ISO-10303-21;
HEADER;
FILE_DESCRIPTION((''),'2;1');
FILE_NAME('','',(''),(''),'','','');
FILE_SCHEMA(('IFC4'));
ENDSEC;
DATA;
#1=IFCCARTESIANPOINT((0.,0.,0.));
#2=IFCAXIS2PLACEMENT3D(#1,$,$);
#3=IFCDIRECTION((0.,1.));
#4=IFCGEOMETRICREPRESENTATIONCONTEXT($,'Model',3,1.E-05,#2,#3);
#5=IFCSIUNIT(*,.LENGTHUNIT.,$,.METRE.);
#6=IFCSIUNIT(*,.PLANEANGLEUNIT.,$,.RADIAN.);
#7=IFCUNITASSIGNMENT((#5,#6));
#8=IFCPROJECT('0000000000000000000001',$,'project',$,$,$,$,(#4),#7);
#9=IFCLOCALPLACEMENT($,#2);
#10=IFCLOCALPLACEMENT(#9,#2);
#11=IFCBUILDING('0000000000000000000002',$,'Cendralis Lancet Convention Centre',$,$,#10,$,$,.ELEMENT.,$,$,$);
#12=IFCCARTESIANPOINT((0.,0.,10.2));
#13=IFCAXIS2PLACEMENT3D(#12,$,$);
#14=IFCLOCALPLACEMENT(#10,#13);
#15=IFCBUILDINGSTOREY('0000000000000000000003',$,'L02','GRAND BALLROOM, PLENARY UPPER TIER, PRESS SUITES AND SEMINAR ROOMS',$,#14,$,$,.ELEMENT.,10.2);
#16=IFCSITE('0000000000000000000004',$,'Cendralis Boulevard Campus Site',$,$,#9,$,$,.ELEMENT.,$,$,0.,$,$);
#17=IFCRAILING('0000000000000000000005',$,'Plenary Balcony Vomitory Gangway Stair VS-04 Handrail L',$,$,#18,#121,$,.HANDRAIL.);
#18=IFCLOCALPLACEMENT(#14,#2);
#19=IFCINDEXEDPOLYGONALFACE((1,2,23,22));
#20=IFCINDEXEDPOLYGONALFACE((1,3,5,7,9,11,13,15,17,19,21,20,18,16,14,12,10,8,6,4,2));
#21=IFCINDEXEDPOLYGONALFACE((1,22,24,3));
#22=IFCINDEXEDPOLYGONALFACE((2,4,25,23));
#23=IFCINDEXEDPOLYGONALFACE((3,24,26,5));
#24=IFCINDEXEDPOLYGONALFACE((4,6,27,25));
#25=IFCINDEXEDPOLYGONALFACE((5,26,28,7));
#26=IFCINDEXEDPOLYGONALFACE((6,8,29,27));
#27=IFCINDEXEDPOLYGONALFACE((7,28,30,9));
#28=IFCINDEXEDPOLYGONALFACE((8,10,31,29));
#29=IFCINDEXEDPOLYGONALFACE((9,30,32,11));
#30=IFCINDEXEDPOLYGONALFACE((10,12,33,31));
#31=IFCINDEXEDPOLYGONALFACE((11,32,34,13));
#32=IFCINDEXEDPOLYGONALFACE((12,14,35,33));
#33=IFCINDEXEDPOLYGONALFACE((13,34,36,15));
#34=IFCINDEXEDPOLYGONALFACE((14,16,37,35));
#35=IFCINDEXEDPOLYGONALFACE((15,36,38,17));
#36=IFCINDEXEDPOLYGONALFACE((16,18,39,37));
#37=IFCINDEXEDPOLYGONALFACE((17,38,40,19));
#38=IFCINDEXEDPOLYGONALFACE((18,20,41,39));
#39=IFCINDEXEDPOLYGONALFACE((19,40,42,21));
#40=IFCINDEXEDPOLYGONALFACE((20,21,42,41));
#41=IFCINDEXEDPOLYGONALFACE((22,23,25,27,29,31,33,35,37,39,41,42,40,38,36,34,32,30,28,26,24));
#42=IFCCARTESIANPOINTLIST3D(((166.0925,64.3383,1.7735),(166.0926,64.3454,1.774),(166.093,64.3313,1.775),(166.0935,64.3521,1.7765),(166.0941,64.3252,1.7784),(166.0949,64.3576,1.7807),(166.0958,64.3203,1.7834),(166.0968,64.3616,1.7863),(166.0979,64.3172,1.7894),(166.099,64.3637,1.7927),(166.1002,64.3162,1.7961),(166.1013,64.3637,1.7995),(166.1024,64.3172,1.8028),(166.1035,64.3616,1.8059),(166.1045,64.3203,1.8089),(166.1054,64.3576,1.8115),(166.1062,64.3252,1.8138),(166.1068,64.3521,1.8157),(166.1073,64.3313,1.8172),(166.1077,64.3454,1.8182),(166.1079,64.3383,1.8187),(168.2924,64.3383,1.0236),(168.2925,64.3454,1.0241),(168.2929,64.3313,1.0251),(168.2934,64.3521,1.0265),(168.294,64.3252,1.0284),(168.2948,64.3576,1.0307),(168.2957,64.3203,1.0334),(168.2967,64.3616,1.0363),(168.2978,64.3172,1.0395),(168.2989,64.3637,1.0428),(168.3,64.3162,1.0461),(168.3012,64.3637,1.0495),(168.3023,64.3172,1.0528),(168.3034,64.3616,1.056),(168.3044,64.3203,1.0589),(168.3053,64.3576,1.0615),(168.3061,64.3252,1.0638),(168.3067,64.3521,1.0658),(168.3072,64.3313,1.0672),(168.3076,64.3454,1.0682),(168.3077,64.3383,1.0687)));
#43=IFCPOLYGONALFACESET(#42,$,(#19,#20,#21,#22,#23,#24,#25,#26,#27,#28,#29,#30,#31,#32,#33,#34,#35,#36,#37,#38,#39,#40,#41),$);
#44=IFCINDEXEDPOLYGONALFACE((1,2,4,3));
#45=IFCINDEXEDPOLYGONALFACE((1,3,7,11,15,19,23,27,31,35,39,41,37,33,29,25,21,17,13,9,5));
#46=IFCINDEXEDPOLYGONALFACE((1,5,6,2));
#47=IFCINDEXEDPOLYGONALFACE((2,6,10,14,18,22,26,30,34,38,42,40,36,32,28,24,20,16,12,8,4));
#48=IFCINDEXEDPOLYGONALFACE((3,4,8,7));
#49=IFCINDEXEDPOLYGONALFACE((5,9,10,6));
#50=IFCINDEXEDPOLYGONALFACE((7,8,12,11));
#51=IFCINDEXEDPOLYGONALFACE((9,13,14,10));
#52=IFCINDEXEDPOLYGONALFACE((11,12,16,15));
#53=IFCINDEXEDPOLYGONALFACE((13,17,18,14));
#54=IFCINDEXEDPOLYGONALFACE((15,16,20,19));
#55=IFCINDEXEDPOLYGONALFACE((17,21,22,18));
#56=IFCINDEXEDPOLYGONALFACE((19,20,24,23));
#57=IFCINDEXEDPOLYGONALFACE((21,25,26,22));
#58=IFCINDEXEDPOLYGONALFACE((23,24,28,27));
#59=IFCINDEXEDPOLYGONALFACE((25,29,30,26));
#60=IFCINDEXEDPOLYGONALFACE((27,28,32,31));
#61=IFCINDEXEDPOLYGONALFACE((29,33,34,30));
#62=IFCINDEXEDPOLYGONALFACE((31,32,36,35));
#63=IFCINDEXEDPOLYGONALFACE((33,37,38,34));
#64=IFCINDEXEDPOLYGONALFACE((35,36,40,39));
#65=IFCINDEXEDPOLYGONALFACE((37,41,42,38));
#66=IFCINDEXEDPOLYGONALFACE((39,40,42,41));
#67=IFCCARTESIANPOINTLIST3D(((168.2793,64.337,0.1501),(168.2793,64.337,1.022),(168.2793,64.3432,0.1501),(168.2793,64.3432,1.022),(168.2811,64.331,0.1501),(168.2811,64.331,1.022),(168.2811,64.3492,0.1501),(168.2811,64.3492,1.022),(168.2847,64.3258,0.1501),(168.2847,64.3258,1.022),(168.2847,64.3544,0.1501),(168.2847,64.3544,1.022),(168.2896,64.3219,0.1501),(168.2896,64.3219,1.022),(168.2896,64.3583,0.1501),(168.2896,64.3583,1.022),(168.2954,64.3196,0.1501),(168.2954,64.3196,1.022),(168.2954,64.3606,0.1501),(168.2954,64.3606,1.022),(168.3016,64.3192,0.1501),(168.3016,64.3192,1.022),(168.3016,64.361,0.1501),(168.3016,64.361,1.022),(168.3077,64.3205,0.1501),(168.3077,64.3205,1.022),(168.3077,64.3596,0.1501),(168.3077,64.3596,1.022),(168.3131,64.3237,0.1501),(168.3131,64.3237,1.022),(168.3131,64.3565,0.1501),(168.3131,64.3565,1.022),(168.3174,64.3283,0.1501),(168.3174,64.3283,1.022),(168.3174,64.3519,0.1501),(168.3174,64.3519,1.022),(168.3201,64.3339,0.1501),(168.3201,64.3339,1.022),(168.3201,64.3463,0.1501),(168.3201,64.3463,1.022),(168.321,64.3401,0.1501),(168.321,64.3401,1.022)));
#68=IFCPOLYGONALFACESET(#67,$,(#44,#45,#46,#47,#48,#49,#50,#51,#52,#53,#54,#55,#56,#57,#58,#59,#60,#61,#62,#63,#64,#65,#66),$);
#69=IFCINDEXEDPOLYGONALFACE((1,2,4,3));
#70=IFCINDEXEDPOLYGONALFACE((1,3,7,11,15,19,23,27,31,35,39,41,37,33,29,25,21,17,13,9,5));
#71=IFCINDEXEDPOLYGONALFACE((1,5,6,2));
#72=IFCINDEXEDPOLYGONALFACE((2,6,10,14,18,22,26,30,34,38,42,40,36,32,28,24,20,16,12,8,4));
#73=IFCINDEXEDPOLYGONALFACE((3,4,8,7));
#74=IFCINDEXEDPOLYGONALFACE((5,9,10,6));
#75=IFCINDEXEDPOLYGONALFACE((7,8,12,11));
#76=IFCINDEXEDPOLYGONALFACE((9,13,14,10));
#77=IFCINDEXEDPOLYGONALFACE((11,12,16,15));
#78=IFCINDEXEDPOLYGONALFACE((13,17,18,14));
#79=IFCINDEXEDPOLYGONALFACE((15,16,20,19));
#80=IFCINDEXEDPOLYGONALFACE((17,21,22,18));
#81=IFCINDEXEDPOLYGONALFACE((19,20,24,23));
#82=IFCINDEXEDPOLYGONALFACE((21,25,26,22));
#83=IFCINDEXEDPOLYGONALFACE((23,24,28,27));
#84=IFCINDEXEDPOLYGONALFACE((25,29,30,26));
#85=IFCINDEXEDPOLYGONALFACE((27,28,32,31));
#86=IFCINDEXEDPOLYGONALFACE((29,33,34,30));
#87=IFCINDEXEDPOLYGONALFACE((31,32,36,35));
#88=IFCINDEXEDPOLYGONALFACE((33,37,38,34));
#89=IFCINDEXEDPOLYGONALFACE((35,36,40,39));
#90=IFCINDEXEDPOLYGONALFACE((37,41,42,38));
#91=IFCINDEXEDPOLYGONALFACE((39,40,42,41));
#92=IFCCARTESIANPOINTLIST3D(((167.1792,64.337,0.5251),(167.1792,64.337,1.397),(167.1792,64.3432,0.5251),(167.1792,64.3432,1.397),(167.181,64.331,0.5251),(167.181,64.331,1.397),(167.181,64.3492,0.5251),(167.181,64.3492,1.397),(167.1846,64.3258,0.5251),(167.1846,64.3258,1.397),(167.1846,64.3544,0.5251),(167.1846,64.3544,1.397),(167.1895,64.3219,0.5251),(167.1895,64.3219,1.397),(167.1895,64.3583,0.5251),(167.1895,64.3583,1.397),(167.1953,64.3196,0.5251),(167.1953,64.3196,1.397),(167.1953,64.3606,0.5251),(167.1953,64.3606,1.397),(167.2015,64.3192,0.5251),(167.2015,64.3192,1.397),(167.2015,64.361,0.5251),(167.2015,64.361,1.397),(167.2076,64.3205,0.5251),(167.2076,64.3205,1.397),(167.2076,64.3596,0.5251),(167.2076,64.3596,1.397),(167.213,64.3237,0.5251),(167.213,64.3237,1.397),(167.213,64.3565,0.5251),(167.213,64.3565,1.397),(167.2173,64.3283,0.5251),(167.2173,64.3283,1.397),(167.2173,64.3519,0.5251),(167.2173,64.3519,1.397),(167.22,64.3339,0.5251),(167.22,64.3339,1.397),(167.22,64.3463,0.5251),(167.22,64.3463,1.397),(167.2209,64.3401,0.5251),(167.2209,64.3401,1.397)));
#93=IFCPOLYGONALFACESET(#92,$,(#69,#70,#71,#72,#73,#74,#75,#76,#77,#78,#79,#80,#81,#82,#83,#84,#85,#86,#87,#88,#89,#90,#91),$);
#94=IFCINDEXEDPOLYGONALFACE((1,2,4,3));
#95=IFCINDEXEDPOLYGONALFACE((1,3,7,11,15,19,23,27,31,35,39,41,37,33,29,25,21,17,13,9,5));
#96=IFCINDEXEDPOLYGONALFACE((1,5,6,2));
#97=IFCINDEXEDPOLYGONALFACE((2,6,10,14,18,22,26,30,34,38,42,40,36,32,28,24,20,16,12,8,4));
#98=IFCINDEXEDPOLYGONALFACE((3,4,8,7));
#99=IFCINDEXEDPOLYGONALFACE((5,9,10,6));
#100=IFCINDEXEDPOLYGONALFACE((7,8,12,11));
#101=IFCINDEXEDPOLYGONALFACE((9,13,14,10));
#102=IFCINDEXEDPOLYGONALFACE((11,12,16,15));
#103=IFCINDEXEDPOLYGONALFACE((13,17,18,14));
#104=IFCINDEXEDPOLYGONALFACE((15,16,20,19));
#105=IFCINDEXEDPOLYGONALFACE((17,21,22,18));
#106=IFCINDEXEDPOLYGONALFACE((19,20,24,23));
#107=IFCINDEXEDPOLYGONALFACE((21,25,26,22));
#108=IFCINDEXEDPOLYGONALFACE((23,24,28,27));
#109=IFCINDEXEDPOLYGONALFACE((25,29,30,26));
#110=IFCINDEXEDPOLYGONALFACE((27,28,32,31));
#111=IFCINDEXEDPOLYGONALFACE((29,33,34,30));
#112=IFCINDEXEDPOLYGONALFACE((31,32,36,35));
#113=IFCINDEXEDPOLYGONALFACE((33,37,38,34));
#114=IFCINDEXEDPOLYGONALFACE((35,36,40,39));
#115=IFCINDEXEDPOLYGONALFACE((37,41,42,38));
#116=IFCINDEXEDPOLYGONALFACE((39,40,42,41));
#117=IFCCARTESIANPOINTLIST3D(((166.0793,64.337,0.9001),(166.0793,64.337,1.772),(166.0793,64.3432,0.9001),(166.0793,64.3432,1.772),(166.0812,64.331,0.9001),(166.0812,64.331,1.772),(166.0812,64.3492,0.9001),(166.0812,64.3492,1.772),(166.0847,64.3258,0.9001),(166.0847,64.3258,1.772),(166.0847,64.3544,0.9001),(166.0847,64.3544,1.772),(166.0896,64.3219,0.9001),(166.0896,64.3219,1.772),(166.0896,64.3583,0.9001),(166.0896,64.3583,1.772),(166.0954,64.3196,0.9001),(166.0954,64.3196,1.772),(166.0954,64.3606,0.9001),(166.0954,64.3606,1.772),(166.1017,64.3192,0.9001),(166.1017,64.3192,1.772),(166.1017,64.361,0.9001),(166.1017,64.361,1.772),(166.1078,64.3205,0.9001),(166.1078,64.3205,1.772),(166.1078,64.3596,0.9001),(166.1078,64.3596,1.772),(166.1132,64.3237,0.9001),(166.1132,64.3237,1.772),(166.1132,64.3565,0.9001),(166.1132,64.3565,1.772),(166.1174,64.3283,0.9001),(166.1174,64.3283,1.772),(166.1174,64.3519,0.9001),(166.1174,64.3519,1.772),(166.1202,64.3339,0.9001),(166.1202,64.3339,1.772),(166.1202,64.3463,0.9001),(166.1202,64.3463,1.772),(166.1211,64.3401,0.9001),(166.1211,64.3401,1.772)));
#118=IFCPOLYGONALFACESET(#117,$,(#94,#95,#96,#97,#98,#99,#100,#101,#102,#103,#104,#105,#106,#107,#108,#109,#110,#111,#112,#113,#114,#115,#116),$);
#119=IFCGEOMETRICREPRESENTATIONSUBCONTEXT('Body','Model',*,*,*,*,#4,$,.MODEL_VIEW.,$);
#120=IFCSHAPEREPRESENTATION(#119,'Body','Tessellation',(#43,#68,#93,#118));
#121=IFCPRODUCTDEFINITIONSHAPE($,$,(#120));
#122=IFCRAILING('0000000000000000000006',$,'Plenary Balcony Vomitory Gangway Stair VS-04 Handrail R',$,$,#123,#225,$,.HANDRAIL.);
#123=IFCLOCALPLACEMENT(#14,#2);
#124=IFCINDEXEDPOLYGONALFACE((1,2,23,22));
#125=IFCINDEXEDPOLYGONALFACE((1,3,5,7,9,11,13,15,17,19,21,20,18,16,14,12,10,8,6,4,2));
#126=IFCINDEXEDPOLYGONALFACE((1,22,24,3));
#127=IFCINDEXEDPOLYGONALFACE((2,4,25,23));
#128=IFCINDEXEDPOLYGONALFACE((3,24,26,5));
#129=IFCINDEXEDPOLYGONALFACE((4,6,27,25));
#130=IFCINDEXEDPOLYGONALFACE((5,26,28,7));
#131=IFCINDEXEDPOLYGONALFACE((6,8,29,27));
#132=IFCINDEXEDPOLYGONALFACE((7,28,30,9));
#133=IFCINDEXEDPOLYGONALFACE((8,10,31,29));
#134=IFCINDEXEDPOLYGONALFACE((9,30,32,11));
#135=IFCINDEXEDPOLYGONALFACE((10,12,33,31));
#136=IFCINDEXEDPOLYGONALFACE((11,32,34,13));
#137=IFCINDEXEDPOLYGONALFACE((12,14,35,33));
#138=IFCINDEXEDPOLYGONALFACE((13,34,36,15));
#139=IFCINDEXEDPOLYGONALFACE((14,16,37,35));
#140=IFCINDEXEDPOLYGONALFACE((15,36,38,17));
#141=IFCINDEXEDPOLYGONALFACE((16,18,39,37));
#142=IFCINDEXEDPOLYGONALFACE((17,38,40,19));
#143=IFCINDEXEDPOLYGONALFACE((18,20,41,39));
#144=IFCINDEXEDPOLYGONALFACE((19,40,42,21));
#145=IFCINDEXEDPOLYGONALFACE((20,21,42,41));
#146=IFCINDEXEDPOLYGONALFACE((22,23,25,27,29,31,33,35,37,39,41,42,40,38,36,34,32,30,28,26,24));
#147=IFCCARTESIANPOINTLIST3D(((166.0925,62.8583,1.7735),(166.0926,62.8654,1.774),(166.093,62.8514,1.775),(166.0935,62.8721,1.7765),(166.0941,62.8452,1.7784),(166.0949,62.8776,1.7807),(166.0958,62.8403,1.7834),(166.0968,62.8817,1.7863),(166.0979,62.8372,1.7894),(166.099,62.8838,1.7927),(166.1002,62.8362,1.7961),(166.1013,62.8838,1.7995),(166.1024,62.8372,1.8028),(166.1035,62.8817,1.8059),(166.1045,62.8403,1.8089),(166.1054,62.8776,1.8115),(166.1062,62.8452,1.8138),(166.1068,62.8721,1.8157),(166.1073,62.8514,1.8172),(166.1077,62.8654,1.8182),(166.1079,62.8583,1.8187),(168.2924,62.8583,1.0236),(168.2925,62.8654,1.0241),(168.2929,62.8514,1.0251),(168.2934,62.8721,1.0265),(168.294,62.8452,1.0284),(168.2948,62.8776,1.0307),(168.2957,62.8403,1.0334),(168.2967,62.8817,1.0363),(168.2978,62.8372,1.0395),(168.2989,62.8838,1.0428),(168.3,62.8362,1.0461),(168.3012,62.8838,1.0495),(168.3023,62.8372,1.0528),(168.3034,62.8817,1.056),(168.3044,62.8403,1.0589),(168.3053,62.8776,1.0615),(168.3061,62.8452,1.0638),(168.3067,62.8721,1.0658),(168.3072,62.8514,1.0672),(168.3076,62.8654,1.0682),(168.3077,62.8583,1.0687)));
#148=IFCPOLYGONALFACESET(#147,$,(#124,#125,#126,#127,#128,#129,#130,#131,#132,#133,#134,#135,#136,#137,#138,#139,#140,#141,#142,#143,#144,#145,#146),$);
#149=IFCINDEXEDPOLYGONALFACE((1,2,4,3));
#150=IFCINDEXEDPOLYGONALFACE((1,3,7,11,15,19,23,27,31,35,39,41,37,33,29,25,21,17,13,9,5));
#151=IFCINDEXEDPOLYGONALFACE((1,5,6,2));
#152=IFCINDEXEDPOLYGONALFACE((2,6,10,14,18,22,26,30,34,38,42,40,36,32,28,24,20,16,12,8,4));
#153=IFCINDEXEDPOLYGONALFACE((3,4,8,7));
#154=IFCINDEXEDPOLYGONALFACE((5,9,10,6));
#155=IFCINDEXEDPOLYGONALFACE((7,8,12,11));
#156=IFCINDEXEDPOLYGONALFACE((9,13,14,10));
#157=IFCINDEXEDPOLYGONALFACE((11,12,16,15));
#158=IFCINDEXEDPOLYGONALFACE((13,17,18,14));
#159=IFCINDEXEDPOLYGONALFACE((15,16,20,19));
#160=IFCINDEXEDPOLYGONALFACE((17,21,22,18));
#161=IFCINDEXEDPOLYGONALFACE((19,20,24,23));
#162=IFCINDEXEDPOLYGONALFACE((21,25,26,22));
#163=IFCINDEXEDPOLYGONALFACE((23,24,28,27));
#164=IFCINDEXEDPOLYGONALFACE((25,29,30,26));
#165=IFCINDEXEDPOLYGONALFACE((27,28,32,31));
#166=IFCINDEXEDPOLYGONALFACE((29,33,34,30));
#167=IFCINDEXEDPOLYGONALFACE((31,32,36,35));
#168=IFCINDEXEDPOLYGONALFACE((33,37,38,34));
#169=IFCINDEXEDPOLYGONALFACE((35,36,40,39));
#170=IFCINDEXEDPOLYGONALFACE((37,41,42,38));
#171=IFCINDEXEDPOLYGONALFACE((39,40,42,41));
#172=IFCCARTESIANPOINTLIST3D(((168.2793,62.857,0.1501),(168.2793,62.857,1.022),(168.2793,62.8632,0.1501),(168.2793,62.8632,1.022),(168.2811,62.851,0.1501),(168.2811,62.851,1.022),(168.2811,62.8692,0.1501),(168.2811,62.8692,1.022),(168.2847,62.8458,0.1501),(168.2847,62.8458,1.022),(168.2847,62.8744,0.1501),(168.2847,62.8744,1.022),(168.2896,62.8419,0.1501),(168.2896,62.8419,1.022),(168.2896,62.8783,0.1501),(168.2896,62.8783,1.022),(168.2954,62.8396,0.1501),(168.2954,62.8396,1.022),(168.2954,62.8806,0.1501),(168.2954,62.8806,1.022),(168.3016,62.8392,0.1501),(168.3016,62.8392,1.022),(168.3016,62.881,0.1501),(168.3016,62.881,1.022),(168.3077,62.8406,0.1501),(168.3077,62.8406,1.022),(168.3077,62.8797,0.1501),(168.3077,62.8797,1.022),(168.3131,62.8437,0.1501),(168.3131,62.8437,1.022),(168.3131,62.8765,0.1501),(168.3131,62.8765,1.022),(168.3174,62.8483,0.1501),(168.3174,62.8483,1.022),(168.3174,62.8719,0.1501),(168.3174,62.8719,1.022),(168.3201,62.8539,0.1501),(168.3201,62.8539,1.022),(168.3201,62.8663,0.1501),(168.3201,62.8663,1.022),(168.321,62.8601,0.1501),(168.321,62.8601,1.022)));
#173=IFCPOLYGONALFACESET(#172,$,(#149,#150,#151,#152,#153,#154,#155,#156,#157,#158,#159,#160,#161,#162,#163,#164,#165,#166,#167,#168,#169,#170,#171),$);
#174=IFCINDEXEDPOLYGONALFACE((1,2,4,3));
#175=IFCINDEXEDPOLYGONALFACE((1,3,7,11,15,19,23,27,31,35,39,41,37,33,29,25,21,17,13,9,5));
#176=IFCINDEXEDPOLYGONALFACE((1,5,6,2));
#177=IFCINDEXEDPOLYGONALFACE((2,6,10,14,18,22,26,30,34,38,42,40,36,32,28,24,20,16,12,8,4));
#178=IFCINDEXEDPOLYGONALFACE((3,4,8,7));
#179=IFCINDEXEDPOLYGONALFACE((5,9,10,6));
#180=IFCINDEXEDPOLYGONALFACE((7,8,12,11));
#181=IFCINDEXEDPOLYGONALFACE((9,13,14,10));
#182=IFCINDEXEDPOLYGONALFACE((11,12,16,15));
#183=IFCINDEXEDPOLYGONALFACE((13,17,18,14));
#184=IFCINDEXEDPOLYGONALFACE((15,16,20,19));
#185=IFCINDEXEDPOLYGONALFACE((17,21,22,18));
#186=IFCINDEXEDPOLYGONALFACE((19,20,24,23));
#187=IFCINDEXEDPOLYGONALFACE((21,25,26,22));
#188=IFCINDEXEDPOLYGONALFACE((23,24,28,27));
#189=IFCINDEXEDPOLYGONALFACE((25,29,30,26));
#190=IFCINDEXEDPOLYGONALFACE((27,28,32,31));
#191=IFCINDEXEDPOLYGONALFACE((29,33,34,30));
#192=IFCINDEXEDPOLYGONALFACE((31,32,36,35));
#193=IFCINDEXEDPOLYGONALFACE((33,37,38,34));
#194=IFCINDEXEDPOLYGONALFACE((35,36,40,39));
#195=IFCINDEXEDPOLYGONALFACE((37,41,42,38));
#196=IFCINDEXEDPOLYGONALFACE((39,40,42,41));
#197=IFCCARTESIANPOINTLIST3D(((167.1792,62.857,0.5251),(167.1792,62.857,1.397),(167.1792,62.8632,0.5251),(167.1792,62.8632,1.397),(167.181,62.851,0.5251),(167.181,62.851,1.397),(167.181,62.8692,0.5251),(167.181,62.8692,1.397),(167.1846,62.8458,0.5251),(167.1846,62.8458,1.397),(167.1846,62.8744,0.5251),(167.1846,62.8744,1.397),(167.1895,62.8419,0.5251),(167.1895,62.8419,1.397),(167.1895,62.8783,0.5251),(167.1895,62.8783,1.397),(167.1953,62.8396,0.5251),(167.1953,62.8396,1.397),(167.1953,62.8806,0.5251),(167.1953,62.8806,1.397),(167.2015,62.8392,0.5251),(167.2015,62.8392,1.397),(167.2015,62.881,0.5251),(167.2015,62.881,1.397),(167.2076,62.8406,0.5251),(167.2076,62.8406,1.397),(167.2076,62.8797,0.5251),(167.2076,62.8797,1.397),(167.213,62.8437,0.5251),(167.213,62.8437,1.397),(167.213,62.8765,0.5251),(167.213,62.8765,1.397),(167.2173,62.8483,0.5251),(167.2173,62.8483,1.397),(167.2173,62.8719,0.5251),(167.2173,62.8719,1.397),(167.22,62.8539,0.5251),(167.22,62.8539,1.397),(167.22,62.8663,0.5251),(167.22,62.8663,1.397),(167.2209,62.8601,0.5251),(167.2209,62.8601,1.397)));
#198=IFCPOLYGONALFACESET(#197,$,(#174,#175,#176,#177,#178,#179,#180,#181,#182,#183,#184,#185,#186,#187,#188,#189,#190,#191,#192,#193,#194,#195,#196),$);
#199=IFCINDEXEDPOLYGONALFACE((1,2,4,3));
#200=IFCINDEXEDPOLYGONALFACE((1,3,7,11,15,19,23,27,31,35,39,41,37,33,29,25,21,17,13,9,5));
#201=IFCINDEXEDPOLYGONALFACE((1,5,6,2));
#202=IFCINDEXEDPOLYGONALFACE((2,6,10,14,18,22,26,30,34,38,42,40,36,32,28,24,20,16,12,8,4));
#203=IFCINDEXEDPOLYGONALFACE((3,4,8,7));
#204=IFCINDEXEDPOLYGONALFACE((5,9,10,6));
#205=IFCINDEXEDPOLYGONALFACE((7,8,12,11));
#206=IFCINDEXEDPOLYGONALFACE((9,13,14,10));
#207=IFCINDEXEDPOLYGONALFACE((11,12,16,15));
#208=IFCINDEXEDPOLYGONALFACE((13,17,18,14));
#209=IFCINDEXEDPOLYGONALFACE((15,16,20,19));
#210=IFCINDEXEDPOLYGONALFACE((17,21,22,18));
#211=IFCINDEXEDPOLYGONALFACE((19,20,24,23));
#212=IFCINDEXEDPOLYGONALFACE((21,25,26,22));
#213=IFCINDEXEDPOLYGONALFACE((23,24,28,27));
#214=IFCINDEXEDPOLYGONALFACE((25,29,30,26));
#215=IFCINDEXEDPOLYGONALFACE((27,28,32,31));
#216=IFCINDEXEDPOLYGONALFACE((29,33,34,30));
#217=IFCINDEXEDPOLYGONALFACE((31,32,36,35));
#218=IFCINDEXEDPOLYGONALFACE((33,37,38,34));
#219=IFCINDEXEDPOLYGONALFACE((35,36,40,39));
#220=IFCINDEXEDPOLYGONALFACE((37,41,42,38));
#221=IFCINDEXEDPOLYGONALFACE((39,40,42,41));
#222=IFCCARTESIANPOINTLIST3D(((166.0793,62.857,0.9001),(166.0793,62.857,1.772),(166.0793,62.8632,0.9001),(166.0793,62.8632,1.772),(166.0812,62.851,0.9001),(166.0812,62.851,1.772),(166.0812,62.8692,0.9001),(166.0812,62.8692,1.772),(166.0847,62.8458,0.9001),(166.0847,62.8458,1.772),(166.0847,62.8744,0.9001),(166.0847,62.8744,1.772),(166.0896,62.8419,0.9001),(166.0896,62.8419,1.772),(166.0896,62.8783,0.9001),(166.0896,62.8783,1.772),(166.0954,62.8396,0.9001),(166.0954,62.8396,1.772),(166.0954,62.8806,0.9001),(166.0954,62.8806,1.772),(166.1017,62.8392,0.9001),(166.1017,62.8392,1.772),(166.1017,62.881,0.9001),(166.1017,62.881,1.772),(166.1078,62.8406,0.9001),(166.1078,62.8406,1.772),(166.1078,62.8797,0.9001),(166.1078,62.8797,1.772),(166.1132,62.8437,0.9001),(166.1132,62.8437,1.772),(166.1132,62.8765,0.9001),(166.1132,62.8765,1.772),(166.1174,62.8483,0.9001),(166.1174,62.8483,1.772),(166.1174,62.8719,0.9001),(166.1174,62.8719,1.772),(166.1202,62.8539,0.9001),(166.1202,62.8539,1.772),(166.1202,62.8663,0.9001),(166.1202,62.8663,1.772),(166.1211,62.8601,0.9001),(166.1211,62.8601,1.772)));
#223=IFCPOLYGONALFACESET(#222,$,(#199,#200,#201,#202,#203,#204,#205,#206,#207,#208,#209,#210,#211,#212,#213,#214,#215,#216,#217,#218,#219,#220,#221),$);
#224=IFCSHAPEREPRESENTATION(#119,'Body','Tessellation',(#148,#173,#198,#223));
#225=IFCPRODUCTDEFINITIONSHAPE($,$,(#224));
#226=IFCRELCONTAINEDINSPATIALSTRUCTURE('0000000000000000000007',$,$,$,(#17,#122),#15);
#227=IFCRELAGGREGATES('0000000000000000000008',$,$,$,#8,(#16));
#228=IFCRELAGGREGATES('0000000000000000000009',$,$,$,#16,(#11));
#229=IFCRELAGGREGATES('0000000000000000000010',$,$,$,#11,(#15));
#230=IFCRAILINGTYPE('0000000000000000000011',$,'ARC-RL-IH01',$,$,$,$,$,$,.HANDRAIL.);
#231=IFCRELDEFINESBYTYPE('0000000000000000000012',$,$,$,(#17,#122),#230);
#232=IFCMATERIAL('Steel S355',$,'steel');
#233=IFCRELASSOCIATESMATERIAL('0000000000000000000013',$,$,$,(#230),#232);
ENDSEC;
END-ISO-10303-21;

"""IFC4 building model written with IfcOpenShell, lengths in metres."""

from ifc_helpers import new_model, si_unit, direction, frame, origin, origin_2d, place, context, subcontext, project, spatial, circle, extrude, material, type_object, element, save


model = new_model("IFC4")

# Units and contexts
model_context = context("Model", 3, precision=1e-05, world=origin(), true_north=direction((0.0, 1.0)))
body_context = subcontext(model_context, "Body", "Model", "MODEL_VIEW")
ifc_project = project(units=[si_unit("LENGTHUNIT", "METRE"), si_unit("PLANEANGLEUNIT", "RADIAN")], contexts=[model_context])

# Site, building, storey
site_placement = place(None, origin())
site = spatial("IfcSite", under=ifc_project, at=site_placement, Name="Cendralis Boulevard Campus Site", CompositionType="ELEMENT", RefElevation=0.0)
building_placement = place(site_placement, origin())
building = spatial("IfcBuilding", under=site, at=building_placement, Name="Cendralis Lancet Convention Centre", CompositionType="ELEMENT")
storey_placement = place(building_placement, frame((0.0, 0.0, 10.2)))
storey = spatial("IfcBuildingStorey", under=building, at=storey_placement, Name="L02", Description="GRAND BALLROOM, PLENARY UPPER TIER, PRESS SUITES AND SEMINAR ROOMS", CompositionType="ELEMENT", Elevation=10.2)

# Shared definitions
ifc_material_1 = material(Name="Steel S355", Category="steel")

# Railings
railing_type_1 = type_object("IfcRailingType", Name="ARC-RL-IH01", PredefinedType="HANDRAIL", material=ifc_material_1)
for number, where, name in (
    (1, (168.3, 64.3401, 0.1501), "Plenary Balcony Vomitory Gangway Stair VS-04 Handrail L"),
    (2, (168.3, 62.8601, 0.1501), "Plenary Balcony Vomitory Gangway Stair VS-04 Handrail R"),
):
    element("IfcRailing", number, at=place(storey_placement, frame(where)), inside=storey, type_object=railing_type_1, Name=name, PredefinedType="HANDRAIL", context=body_context, shape_type="SweptSolid", body=[
        extrude(circle(Radius=0.0239, at=origin_2d()), frame((0.0, 0.0, 0.896), z_axis=(-0.946508, 0.0, 0.32268), x_axis=(0.0, -1.0, 0.0)), (0.0, 0.0, 1.0), 2.3242),
        extrude(circle(Radius=0.021, at=origin_2d()), origin(), (0.0, 0.0, 1.0), 0.8718),
        extrude(circle(Radius=0.021, at=origin_2d()), frame((-1.1001, 0.0, 0.375)), (0.0, 0.0, 1.0), 0.8718),
        extrude(circle(Radius=0.021, at=origin_2d()), frame((-2.2, 0.0, 0.75)), (0.0, 0.0, 1.0), 0.8718),
    ])

save(model, "model.ifc")
